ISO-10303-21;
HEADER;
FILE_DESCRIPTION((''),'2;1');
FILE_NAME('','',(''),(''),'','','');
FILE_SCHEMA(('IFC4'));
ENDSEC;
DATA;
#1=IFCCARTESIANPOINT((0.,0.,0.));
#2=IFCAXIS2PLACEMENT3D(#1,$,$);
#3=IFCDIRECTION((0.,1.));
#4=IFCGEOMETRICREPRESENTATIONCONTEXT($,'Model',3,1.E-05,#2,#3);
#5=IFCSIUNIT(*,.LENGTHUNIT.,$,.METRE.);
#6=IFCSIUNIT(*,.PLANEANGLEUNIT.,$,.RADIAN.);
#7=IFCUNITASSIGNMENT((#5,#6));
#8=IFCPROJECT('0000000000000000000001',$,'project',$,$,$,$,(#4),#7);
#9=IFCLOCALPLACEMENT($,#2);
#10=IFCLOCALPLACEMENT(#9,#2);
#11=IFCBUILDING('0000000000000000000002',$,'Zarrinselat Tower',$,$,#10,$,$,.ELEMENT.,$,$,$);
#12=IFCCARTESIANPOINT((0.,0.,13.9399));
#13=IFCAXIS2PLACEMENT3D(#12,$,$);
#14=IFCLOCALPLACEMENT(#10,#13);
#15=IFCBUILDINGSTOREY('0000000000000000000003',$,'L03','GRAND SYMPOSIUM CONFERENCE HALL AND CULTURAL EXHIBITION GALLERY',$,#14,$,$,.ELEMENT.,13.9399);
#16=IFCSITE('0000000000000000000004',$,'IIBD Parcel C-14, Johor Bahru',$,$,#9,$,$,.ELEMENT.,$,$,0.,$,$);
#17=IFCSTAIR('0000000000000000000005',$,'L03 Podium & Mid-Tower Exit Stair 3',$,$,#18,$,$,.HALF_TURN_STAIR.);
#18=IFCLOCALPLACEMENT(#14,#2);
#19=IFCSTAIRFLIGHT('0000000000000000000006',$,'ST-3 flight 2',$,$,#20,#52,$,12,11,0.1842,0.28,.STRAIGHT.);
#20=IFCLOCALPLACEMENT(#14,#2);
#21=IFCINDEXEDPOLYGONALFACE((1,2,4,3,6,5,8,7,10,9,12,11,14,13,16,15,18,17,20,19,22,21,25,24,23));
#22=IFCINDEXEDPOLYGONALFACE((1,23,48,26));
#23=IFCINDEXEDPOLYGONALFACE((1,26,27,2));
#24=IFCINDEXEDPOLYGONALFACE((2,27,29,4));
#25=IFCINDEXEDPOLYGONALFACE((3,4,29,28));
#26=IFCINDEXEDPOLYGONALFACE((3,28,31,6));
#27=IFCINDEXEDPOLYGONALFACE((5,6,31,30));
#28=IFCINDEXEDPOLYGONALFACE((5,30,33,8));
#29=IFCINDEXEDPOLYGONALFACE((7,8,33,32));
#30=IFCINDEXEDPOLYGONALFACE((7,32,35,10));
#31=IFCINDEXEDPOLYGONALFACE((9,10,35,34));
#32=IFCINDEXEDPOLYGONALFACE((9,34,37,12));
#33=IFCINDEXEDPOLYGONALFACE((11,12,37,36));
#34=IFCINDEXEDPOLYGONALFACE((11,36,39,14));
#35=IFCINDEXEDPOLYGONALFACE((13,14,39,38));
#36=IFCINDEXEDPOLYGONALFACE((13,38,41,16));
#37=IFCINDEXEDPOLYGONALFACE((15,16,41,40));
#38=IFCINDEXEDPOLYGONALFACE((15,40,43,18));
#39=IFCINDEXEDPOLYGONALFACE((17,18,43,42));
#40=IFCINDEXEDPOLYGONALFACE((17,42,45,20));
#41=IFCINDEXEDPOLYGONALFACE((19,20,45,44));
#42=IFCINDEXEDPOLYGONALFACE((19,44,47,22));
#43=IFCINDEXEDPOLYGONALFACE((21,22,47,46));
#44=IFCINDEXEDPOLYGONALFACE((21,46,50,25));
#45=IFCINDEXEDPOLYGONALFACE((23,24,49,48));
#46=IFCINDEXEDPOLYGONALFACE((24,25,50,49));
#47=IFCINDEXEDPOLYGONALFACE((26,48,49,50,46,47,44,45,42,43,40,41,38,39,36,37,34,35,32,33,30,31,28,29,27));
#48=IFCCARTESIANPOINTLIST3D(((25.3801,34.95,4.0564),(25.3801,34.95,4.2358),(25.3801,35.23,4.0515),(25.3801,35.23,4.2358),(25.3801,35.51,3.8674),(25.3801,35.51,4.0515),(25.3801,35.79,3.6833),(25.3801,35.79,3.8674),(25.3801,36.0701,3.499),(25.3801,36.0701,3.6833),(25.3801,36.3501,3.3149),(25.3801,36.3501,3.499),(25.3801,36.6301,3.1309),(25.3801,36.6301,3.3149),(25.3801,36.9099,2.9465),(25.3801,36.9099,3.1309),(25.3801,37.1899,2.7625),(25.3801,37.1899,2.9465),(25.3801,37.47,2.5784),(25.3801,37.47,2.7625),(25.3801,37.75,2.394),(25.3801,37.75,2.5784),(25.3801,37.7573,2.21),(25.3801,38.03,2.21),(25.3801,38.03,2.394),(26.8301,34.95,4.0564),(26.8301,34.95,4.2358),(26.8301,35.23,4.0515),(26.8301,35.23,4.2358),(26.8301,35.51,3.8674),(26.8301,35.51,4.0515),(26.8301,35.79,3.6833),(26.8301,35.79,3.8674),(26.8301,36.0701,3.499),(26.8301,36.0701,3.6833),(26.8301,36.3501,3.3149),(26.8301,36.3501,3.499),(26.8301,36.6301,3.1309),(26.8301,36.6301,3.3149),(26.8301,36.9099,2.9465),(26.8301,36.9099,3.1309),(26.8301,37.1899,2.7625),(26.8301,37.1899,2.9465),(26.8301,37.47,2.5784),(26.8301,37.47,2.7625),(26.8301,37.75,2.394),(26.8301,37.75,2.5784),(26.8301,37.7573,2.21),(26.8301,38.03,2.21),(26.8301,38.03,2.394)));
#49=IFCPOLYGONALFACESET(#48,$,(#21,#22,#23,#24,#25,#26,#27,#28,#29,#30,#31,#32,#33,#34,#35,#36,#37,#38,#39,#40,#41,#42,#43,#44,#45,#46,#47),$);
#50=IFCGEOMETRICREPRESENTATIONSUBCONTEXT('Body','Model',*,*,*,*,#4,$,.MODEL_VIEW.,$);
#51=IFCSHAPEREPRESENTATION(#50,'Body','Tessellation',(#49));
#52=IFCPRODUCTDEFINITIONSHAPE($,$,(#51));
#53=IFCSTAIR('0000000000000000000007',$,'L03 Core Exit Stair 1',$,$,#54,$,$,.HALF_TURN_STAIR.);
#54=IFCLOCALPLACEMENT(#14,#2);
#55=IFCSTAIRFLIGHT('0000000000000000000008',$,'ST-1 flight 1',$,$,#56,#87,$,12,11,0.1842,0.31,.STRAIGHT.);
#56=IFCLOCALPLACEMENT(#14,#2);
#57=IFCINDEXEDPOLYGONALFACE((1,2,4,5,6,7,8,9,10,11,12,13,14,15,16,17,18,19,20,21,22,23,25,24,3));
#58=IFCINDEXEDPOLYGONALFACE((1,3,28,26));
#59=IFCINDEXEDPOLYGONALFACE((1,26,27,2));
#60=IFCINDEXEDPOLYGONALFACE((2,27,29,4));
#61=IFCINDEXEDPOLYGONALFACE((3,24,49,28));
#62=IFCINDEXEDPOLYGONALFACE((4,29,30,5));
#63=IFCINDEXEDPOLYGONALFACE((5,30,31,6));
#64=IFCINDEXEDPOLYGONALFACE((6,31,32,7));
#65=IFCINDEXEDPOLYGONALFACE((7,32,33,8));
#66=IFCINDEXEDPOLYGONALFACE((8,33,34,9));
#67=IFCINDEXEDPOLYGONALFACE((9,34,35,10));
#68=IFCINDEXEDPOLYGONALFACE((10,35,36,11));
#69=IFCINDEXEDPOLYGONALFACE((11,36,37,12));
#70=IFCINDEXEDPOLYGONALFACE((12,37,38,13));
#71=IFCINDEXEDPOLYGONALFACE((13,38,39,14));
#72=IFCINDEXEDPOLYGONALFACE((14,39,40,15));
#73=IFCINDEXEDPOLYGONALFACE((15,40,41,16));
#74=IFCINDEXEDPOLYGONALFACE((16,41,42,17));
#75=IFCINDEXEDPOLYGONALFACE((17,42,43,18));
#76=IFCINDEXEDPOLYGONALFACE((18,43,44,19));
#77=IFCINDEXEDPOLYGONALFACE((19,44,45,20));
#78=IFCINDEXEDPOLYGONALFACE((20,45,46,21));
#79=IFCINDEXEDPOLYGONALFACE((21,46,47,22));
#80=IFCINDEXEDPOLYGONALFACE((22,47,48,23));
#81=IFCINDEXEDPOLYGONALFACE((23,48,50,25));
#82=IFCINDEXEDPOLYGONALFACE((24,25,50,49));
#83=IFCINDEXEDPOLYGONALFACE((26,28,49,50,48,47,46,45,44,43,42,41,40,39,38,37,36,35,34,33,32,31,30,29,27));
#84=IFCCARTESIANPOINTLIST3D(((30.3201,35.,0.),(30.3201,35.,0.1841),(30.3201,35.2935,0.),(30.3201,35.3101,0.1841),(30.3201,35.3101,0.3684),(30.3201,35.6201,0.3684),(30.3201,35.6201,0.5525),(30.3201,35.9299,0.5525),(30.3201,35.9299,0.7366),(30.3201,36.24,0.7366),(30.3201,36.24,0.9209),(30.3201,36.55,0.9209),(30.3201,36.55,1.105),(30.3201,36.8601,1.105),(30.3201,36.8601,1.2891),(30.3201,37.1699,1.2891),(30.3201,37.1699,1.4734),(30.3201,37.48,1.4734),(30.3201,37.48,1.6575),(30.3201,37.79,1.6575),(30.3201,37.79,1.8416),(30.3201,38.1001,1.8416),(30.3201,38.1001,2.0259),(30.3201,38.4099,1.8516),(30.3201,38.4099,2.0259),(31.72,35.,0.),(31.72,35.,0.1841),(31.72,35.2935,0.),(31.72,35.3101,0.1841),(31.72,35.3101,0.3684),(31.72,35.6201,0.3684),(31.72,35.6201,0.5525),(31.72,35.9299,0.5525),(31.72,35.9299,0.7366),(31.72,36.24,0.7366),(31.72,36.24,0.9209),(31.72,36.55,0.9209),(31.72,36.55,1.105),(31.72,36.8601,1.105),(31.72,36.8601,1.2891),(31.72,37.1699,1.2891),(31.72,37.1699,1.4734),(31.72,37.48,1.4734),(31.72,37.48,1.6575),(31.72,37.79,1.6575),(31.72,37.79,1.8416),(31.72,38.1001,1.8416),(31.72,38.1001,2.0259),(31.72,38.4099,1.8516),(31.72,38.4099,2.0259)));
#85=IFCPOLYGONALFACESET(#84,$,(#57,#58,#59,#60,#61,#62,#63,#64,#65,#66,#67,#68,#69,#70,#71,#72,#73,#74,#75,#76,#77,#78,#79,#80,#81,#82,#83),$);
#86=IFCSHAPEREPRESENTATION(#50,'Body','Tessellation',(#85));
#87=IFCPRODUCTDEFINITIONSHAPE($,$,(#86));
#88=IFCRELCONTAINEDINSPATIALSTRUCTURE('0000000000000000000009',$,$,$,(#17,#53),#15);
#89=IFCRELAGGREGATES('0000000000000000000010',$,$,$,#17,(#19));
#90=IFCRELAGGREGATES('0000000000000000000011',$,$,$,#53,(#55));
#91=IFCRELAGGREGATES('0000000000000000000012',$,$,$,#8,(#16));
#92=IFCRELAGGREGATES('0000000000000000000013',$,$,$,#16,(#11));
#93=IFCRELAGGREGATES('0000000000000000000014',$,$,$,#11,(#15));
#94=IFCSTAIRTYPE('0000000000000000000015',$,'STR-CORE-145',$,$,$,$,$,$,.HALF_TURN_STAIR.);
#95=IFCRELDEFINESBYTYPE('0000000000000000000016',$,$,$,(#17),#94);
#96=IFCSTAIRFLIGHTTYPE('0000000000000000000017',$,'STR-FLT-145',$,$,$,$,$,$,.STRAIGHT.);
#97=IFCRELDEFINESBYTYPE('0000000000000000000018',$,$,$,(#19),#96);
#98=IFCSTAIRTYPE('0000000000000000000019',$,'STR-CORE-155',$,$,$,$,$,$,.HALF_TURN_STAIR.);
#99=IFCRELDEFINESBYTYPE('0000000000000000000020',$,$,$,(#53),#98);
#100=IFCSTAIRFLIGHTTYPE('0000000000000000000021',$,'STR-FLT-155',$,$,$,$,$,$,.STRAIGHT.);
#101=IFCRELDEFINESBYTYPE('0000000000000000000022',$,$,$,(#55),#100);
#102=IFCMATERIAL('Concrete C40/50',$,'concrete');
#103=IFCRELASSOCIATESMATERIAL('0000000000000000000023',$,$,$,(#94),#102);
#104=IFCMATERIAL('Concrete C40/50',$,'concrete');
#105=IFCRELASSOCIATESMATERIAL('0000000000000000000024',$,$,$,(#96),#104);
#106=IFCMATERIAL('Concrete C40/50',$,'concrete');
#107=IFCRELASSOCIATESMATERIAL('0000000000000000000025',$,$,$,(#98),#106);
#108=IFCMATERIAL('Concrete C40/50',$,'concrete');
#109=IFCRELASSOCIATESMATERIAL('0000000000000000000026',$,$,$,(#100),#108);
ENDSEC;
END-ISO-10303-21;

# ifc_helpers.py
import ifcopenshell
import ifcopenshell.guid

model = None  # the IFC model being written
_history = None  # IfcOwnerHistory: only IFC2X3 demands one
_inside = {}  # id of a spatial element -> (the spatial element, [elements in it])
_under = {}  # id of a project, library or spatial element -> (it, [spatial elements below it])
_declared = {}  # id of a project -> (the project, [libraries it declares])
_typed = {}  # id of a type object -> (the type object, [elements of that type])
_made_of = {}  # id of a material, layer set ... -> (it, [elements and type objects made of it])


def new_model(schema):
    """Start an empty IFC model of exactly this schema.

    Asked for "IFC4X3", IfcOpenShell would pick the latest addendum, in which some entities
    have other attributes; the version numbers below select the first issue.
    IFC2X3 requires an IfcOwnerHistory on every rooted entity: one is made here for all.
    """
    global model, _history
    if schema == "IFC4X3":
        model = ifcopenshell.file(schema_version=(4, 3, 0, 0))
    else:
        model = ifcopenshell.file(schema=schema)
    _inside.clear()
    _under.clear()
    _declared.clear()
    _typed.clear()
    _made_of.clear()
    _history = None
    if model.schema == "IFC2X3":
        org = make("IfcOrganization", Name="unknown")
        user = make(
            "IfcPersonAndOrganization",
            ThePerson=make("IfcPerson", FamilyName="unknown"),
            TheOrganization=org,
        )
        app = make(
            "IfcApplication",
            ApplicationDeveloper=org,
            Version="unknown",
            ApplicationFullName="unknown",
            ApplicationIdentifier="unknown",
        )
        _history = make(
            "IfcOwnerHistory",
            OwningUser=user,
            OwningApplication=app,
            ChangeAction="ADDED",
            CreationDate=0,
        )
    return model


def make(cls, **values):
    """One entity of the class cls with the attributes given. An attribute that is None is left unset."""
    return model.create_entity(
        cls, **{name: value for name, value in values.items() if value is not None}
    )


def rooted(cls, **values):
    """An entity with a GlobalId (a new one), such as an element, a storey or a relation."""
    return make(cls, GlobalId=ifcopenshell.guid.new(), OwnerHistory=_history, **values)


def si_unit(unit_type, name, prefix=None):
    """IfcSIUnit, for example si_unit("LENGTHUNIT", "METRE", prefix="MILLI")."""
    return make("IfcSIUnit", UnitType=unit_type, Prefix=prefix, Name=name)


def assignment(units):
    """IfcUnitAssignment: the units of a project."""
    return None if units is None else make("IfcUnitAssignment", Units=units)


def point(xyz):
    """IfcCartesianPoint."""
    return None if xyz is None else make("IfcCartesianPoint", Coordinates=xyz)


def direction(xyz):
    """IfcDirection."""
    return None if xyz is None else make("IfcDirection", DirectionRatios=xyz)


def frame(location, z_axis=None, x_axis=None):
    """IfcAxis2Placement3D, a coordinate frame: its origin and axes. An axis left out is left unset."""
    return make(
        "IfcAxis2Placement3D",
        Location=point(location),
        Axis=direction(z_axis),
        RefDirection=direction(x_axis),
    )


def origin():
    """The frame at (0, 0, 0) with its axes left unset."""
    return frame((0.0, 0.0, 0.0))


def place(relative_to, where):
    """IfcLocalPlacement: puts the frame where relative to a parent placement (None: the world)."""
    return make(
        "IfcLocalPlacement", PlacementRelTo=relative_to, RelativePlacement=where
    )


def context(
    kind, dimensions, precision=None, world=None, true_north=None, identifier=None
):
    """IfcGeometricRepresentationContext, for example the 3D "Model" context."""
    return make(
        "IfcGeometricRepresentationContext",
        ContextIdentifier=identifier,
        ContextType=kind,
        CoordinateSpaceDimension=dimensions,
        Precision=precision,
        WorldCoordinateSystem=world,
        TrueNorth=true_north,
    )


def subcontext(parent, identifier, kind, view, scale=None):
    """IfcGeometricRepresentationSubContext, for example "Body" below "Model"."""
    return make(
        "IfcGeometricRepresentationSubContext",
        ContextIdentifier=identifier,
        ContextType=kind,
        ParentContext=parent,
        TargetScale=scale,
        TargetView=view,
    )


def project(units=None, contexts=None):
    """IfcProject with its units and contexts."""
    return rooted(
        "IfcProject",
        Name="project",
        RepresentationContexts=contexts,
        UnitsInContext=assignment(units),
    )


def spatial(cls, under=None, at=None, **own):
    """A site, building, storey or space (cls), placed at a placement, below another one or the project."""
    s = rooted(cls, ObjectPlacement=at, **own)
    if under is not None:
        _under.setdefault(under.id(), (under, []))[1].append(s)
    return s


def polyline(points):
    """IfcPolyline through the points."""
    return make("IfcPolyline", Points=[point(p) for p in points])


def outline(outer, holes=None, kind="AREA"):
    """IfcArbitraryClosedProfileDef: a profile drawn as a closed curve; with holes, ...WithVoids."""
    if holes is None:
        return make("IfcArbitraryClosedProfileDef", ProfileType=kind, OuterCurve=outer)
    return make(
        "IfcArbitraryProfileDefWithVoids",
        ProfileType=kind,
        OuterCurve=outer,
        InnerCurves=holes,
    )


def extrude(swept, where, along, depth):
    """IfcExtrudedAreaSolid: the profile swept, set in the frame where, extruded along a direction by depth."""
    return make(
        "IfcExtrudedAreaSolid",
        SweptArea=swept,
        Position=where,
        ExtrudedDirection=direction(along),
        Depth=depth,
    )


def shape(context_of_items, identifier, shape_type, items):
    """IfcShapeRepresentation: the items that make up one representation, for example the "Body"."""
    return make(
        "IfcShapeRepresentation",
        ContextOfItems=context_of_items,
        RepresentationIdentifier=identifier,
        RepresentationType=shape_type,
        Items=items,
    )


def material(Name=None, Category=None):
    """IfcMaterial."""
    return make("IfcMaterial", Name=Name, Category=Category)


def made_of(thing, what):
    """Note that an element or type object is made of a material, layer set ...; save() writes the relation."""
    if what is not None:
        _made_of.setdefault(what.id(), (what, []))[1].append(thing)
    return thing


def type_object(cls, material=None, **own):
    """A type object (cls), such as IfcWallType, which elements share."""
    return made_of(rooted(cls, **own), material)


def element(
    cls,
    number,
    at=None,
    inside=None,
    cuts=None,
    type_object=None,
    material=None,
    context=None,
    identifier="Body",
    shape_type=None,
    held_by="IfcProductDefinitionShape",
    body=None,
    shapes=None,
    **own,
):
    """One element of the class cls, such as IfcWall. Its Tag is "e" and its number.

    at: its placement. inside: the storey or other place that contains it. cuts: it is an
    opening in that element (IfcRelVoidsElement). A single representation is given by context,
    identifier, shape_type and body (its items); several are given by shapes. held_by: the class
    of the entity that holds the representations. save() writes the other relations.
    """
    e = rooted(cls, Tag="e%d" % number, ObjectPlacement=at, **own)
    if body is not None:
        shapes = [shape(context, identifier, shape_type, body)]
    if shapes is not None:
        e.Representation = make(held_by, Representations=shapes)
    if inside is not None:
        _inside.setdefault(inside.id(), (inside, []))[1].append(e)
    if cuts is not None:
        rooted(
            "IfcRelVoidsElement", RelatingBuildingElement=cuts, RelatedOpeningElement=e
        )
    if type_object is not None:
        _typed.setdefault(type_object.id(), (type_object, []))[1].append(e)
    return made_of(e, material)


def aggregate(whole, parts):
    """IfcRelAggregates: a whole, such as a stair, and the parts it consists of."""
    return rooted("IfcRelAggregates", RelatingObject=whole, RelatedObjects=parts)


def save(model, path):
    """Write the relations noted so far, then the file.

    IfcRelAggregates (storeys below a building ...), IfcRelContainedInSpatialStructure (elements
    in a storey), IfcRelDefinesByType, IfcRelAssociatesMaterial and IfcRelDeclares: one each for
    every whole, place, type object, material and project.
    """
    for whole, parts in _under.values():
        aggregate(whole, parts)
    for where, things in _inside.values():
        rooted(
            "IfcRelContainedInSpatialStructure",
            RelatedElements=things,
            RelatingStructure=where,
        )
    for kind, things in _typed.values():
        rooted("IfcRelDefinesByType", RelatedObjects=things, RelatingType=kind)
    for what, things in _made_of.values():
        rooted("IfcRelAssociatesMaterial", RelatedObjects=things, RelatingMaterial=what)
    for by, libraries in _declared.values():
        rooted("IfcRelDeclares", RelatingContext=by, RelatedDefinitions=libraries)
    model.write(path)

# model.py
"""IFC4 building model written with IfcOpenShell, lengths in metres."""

from ifc_helpers import new_model, si_unit, direction, frame, origin, place, context, subcontext, project, spatial, polyline, outline, extrude, material, type_object, element, aggregate, save


model = new_model("IFC4")

# Units and contexts
model_context = context("Model", 3, precision=1e-05, world=origin(), true_north=direction((0.0, 1.0)))
body_context = subcontext(model_context, "Body", "Model", "MODEL_VIEW")
ifc_project = project(units=[si_unit("LENGTHUNIT", "METRE"), si_unit("PLANEANGLEUNIT", "RADIAN")], contexts=[model_context])

# Site, building, storey
site_placement = place(None, origin())
site = spatial("IfcSite", under=ifc_project, at=site_placement, Name="IIBD Parcel C-14, Johor Bahru", CompositionType="ELEMENT", RefElevation=0.0)
building_placement = place(site_placement, origin())
building = spatial("IfcBuilding", under=site, at=building_placement, Name="Zarrinselat Tower", CompositionType="ELEMENT")
storey_placement = place(building_placement, frame((0.0, 0.0, 13.9399)))
storey = spatial("IfcBuildingStorey", under=building, at=storey_placement, Name="L03", Description="GRAND SYMPOSIUM CONFERENCE HALL AND CULTURAL EXHIBITION GALLERY", CompositionType="ELEMENT", Elevation=13.9399)

# Stair, stair flight
ifc_material_1 = material(Name="Concrete C40/50", Category="concrete")
stair_type_1 = type_object("IfcStairType", Name="STR-CORE-145", PredefinedType="HALF_TURN_STAIR", material=ifc_material_1)
stair_1_placement = place(storey_placement, origin())
stair_1 = element("IfcStair", 1, at=stair_1_placement, inside=storey, type_object=stair_type_1, Name="L03 Podium & Mid-Tower Exit Stair 3", PredefinedType="HALF_TURN_STAIR")
ifc_material_2 = material(Name="Concrete C40/50", Category="concrete")
stair_flight_type_1 = type_object("IfcStairFlightType", Name="STR-FLT-145", PredefinedType="STRAIGHT", material=ifc_material_2)
stair_flight_1_placement = place(storey_placement, frame((26.105, 38.03, 2.21), z_axis=(0.0, 0.0, 1.0), x_axis=(0.0, -1.0, 0.0)))
stair_flight_1 = element("IfcStairFlight", 2, at=stair_flight_1_placement, type_object=stair_flight_type_1, Name="ST-3 flight 2", NumberOfRisers=12, NumberOfTreads=11, PredefinedType="STRAIGHT", RiserHeight=0.1842, TreadLength=0.28, context=body_context, shape_type="SweptSolid", body=[
    extrude(outline(polyline([(0.0, 0.0), (0.0, 0.1841), (0.28, 0.1841), (0.28, 0.3684), (0.5601, 0.3684), (0.5601, 0.5525), (0.8401, 0.5525), (0.8401, 0.7366), (1.1201, 0.7366), (1.1201, 0.9209), (1.3999, 0.9209), (1.3999, 1.105), (1.6799, 1.105), (1.6799, 1.2891), (1.96, 1.2891), (1.96, 1.4734), (2.24, 1.4734), (2.24, 1.6575), (2.52, 1.6575), (2.52, 1.8416), (2.8, 1.8416), (2.8, 2.0259), (3.0801, 2.0259), (3.0801, 2.21), (3.0801, 1.8464), (0.2727, 0.0), (0.0, 0.0)])), frame((0.0, 0.7251, 0.0), z_axis=(0.0, -1.0, 0.0), x_axis=(1.0, 0.0, 0.0)), (0.0, 0.0, 1.0), 1.45),
])
aggregate(stair_1, [stair_flight_1])

# Stair, stair flight
ifc_material_3 = material(Name="Concrete C40/50", Category="concrete")
stair_type_2 = type_object("IfcStairType", Name="STR-CORE-155", PredefinedType="HALF_TURN_STAIR", material=ifc_material_3)
stair_2_placement = place(storey_placement, origin())
stair_2 = element("IfcStair", 3, at=stair_2_placement, inside=storey, type_object=stair_type_2, Name="L03 Core Exit Stair 1", PredefinedType="HALF_TURN_STAIR")
ifc_material_4 = material(Name="Concrete C40/50", Category="concrete")
stair_flight_type_2 = type_object("IfcStairFlightType", Name="STR-FLT-155", PredefinedType="STRAIGHT", material=ifc_material_4)
stair_flight_2_placement = place(storey_placement, frame((31.02, 35.0, 0.0), z_axis=(0.0, 0.0, 1.0), x_axis=(0.0, 1.0, 0.0)))
stair_flight_2 = element("IfcStairFlight", 4, at=stair_flight_2_placement, type_object=stair_flight_type_2, Name="ST-1 flight 1", NumberOfRisers=12, NumberOfTreads=11, PredefinedType="STRAIGHT", RiserHeight=0.1842, TreadLength=0.31, context=body_context, shape_type="SweptSolid", body=[
    extrude(outline(polyline([(0.0, 0.0), (0.0, 0.1841), (0.3101, 0.1841), (0.3101, 0.3684), (0.6201, 0.3684), (0.6201, 0.5525), (0.9299, 0.5525), (0.9299, 0.7366), (1.24, 0.7366), (1.24, 0.9209), (1.55, 0.9209), (1.55, 1.105), (1.8601, 1.105), (1.8601, 1.2891), (2.1699, 1.2891), (2.1699, 1.4734), (2.48, 1.4734), (2.48, 1.6575), (2.79, 1.6575), (2.79, 1.8416), (3.1001, 1.8416), (3.1001, 2.0259), (3.4099, 2.0259), (3.4099, 2.21), (3.4099, 1.8516), (0.2935, 0.0), (0.0, 0.0)])), frame((0.0, 0.7, 0.0), z_axis=(0.0, -1.0, 0.0), x_axis=(1.0, 0.0, 0.0)), (0.0, 0.0, 1.0), 1.3999),
])
aggregate(stair_2, [stair_flight_2])

save(model, "model.ifc")
